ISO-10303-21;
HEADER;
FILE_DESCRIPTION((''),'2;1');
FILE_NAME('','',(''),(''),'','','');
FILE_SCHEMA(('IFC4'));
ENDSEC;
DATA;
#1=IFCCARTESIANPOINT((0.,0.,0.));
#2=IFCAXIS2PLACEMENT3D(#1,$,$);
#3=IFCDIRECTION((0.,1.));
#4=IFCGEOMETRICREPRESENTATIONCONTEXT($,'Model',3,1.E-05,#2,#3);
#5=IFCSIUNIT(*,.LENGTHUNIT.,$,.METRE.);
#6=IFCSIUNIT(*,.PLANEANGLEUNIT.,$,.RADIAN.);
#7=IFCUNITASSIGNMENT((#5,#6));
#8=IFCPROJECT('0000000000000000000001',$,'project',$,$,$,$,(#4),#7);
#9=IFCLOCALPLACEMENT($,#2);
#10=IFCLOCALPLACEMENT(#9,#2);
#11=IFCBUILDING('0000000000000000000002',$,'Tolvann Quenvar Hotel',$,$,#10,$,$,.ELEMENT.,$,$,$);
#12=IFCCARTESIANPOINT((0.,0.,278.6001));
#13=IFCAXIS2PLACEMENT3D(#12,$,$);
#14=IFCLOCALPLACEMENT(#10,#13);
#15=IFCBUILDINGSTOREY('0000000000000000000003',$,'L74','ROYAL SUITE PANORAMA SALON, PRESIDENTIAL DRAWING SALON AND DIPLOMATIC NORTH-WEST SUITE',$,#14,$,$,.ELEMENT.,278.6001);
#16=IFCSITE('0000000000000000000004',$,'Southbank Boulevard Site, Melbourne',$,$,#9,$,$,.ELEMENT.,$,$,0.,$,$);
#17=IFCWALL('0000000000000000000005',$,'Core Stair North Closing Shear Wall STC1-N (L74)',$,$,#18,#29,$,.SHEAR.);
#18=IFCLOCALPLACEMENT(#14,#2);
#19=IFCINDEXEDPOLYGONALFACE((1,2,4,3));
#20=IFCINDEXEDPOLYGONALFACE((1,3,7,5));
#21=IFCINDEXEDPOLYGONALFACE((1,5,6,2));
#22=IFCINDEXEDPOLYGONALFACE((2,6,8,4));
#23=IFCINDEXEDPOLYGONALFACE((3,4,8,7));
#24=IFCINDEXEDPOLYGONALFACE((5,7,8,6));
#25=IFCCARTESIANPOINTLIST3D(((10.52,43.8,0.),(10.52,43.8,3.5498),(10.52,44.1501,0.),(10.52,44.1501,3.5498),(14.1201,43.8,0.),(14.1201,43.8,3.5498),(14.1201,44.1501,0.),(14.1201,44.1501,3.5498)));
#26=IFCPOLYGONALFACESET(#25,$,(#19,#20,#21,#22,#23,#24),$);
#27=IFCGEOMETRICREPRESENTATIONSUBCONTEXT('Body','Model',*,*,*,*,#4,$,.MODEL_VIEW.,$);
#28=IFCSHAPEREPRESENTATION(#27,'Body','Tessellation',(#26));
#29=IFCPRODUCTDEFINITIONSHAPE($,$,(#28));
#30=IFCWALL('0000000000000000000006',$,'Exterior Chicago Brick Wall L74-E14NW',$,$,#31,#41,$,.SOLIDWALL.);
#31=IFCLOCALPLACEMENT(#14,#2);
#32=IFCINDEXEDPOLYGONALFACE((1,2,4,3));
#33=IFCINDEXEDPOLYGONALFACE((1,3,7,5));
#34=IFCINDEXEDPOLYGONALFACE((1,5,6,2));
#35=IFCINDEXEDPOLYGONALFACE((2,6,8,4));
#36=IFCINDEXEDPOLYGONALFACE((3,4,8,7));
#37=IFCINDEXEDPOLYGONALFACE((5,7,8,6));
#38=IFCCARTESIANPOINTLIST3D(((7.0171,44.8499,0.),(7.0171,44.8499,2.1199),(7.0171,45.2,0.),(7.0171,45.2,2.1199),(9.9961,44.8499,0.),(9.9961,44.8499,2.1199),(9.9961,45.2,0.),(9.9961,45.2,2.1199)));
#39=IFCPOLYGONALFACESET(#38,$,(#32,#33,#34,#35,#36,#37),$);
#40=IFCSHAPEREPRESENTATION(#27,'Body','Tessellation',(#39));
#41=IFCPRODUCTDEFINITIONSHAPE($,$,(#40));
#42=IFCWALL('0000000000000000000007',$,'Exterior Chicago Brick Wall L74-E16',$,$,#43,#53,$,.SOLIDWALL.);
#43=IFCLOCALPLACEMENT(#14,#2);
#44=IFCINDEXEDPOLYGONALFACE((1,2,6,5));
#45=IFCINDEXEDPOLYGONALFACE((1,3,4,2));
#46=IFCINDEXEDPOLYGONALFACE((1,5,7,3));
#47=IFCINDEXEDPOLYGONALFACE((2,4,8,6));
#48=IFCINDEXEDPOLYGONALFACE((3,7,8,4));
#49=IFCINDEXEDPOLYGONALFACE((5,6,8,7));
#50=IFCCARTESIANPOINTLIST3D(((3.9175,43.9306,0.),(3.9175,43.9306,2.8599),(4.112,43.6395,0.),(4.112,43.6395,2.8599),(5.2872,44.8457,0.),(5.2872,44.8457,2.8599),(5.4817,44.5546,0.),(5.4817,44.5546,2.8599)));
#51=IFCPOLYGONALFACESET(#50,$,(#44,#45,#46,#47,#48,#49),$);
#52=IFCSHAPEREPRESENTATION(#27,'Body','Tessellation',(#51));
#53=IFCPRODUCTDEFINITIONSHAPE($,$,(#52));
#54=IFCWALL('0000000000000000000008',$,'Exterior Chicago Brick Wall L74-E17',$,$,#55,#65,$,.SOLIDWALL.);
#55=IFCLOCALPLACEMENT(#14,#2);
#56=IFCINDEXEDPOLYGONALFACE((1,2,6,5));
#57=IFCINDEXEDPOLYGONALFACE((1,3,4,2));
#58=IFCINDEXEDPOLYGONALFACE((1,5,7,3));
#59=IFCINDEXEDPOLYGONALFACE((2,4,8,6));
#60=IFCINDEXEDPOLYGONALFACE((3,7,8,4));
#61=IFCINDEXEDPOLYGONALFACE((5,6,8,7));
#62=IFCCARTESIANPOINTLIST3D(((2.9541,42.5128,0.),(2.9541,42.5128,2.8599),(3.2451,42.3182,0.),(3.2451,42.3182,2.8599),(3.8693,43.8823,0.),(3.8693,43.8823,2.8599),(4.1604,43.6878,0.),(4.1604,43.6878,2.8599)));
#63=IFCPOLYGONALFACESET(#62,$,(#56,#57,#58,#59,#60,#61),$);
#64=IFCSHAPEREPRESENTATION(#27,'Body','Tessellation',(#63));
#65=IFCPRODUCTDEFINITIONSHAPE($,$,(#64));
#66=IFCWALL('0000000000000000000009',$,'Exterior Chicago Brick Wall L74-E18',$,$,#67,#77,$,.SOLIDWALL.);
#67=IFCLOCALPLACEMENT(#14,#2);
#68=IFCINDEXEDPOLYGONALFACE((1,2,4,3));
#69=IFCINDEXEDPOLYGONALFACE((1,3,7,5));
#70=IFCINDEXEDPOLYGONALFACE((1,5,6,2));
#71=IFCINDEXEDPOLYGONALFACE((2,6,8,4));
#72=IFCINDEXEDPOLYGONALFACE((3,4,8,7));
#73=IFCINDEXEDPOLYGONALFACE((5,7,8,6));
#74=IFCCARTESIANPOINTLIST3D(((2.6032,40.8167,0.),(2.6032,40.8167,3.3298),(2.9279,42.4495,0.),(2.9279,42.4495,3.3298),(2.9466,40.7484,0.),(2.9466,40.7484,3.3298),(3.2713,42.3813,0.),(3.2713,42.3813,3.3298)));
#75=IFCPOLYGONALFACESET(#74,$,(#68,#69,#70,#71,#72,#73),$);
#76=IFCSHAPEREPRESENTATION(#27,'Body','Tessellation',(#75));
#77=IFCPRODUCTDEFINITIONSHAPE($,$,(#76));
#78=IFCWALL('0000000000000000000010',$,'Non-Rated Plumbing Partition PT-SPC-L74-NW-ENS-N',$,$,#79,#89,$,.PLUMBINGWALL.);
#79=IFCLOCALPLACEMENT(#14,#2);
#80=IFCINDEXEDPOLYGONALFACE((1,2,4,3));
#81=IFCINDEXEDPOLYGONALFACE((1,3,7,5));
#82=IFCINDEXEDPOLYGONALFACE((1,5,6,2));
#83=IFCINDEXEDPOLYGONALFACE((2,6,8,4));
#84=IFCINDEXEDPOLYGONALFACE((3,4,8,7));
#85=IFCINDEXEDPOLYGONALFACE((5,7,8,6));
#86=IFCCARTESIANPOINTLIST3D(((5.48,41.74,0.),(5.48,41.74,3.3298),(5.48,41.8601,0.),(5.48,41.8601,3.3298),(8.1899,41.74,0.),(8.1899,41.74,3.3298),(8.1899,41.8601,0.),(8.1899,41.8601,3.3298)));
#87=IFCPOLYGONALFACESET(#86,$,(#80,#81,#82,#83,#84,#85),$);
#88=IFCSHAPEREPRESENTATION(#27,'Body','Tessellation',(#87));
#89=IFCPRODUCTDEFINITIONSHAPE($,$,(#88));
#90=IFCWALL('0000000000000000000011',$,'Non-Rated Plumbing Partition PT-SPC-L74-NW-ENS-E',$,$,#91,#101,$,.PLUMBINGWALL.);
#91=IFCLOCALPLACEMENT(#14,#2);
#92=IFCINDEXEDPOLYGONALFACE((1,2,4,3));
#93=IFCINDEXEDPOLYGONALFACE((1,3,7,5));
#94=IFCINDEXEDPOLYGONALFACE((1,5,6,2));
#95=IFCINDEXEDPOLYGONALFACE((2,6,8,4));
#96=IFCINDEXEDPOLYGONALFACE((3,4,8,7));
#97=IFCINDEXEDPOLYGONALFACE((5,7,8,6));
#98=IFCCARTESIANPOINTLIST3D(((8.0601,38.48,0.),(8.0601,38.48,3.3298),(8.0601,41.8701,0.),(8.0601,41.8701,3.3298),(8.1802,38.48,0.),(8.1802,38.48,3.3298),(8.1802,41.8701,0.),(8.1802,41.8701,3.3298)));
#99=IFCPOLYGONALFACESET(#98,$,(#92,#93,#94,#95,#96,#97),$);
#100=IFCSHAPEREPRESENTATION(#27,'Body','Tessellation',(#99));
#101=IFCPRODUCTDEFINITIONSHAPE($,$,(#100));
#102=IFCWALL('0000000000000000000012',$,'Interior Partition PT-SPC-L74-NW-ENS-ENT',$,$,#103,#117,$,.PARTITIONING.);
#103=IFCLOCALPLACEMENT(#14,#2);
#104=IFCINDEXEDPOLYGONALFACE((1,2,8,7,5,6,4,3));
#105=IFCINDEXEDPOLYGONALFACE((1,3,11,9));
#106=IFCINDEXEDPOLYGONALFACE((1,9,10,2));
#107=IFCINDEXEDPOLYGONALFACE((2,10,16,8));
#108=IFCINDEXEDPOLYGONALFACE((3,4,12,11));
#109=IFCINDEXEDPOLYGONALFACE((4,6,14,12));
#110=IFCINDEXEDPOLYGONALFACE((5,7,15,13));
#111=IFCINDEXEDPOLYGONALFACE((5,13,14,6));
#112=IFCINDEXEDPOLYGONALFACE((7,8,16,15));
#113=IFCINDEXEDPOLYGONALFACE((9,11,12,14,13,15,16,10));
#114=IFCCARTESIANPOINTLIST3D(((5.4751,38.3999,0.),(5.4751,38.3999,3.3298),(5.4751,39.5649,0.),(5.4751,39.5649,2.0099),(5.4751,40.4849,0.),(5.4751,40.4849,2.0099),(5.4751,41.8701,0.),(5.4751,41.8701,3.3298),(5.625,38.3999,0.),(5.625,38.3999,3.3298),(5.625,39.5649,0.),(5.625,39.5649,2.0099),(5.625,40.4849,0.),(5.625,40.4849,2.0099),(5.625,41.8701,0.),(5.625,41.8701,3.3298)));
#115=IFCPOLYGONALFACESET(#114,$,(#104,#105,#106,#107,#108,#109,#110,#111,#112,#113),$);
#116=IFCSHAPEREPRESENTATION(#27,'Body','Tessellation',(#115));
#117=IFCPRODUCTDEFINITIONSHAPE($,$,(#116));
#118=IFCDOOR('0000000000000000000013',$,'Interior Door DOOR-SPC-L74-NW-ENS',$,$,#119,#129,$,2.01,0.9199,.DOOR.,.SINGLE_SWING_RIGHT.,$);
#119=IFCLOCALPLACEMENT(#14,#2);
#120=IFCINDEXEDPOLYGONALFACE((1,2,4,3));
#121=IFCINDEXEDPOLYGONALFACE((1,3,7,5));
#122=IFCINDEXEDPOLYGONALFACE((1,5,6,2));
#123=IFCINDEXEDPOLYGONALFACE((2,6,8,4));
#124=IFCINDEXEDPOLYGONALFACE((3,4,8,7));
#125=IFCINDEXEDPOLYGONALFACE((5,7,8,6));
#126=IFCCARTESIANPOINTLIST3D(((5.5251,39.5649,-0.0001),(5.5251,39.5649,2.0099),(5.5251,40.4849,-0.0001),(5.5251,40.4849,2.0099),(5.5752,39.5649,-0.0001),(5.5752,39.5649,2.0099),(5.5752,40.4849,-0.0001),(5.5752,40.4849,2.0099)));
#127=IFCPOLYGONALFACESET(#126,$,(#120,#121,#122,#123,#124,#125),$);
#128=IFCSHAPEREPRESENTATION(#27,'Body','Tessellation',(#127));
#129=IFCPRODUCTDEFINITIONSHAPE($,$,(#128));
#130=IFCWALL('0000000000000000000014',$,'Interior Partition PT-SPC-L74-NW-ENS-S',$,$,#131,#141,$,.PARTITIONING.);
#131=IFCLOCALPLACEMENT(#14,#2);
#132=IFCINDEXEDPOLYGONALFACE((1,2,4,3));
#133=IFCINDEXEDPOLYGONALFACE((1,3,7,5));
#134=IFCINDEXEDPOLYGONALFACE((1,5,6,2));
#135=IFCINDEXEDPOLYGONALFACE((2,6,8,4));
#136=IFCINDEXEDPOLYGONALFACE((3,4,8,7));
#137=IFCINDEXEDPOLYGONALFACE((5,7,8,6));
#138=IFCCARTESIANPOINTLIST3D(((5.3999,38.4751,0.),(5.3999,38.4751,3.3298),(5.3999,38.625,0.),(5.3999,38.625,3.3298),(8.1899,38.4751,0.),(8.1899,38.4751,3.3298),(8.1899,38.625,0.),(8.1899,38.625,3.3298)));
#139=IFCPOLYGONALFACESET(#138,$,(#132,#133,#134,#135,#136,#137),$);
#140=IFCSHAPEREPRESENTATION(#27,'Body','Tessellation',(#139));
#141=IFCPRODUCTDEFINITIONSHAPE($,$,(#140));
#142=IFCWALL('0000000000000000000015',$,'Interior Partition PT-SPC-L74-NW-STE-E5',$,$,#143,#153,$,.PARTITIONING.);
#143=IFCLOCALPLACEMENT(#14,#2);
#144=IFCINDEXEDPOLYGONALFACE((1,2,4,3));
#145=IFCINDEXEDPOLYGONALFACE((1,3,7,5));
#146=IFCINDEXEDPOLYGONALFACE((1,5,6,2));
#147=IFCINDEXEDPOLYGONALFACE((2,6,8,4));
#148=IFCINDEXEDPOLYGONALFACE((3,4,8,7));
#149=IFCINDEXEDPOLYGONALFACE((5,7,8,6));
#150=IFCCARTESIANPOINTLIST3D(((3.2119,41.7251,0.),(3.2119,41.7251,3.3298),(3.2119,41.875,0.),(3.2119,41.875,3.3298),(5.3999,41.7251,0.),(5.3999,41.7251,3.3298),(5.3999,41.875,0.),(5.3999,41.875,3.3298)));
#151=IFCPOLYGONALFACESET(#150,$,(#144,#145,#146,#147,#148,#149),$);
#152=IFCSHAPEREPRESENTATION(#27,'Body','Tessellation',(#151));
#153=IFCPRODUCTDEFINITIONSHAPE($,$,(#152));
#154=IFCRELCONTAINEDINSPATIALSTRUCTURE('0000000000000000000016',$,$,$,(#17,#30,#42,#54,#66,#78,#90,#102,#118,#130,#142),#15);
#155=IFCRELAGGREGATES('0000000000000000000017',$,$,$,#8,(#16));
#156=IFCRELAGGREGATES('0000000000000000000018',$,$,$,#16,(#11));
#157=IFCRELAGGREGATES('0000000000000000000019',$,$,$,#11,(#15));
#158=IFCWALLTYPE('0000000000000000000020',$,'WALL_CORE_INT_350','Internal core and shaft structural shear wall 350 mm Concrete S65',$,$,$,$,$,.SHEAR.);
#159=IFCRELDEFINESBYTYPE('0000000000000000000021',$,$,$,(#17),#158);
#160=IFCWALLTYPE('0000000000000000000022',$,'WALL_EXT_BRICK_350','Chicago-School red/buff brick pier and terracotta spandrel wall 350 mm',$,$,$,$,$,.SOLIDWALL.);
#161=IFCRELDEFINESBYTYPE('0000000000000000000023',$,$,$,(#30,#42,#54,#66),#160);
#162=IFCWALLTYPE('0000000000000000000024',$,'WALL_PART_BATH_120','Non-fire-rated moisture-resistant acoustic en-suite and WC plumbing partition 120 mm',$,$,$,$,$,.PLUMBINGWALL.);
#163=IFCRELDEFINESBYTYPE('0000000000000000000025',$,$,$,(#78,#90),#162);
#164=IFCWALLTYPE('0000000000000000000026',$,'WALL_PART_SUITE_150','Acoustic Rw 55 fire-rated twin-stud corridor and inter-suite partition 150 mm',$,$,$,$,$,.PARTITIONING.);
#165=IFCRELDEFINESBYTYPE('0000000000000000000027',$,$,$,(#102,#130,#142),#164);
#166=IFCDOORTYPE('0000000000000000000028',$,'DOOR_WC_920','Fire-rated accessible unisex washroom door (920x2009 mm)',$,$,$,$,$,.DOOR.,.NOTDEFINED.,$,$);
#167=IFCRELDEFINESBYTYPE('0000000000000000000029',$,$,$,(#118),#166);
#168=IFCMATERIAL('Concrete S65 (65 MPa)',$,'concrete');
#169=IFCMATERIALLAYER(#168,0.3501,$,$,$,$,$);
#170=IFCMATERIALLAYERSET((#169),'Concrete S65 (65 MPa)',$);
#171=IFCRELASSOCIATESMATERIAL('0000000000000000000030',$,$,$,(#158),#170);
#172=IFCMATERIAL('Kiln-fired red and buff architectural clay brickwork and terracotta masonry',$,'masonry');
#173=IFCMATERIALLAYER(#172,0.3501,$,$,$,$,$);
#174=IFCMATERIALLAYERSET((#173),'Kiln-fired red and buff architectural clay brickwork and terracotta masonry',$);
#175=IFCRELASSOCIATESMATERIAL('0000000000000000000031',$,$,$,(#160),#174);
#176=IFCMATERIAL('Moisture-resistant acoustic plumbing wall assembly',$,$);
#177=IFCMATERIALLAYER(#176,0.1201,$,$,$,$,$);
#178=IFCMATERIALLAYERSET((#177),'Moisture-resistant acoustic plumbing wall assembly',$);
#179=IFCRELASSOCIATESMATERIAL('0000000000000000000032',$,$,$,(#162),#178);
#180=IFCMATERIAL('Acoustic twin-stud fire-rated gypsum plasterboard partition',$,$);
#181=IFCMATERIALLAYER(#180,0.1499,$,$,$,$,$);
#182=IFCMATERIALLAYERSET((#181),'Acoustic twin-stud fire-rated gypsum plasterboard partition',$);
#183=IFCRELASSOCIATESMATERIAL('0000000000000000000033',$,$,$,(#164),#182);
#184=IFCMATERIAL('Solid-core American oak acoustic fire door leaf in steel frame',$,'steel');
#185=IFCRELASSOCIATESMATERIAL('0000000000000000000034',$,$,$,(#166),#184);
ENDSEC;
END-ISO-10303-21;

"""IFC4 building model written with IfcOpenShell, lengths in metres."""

from ifc_helpers import new_model, si_unit, direction, frame, frame_2d, origin, place, context, subcontext, project, spatial, rectangle, extrude, source, transform, mapped, material, layer, layer_set, type_object, type_shapes, element, fill, save


model = new_model("IFC4")

# Units and contexts
model_context = context("Model", 3, precision=1e-05, world=origin(), true_north=direction((0.0, 1.0)))
body_context = subcontext(model_context, "Body", "Model", "MODEL_VIEW")
ifc_project = project(units=[si_unit("LENGTHUNIT", "METRE"), si_unit("PLANEANGLEUNIT", "RADIAN")], contexts=[model_context])

# Site, building, storey
site_placement = place(None, origin())
site = spatial("IfcSite", under=ifc_project, at=site_placement, Name="Southbank Boulevard Site, Melbourne", CompositionType="ELEMENT", RefElevation=0.0)
building_placement = place(site_placement, origin())
building = spatial("IfcBuilding", under=site, at=building_placement, Name="Tolvann Quenvar Hotel", CompositionType="ELEMENT")
storey_placement = place(building_placement, frame((0.0, 0.0, 278.6001)))
storey = spatial("IfcBuildingStorey", under=building, at=storey_placement, Name="L74", Description="ROYAL SUITE PANORAMA SALON, PRESIDENTIAL DRAWING SALON AND DIPLOMATIC NORTH-WEST SUITE", CompositionType="ELEMENT", Elevation=278.6001)

# Walls
ifc_material_1 = material(Name="Concrete S65 (65 MPa)", Category="concrete")
ifc_layer_1 = layer(ifc_material_1, 0.3501)
ifc_layer_set_1 = layer_set([ifc_layer_1], Name="Concrete S65 (65 MPa)")
wall_type_1 = type_object("IfcWallType", Name="WALL_CORE_INT_350", Description="Internal core and shaft structural shear wall 350 mm Concrete S65", PredefinedType="SHEAR", material=ifc_layer_set_1)
wall_1_placement = place(storey_placement, frame((10.52, 43.9751, 0.0), z_axis=(0.0, 0.0, 1.0), x_axis=(1.0, 0.0, 0.0)))
element("IfcWall", 1, at=wall_1_placement, inside=storey, type_object=wall_type_1, Name="Core Stair North Closing Shear Wall STC1-N (L74)", PredefinedType="SHEAR", context=body_context, shape_type="SweptSolid", body=[
    extrude(rectangle(XDim=3.6001, YDim=0.3501, at=frame_2d((1.8, 0.0))), origin(), (0.0, 0.0, 1.0), 3.5498),
])
ifc_material_2 = material(Name="Kiln-fired red and buff architectural clay brickwork and terracotta masonry", Category="masonry")
ifc_layer_2 = layer(ifc_material_2, 0.3501)
ifc_layer_set_2 = layer_set([ifc_layer_2], Name="Kiln-fired red and buff architectural clay brickwork and terracotta masonry")
wall_type_2 = type_object("IfcWallType", Name="WALL_EXT_BRICK_350", Description="Chicago-School red/buff brick pier and terracotta spandrel wall 350 mm", PredefinedType="SOLIDWALL", material=ifc_layer_set_2)
wall_2_placement = place(storey_placement, frame((9.9961, 45.0249, 0.0), z_axis=(0.0, 0.0, 1.0), x_axis=(-1.0, 0.0, 0.0)))
element("IfcWall", 2, at=wall_2_placement, inside=storey, type_object=wall_type_2, Name="Exterior Chicago Brick Wall L74-E14NW", PredefinedType="SOLIDWALL", context=body_context, shape_type="SweptSolid", body=[
    extrude(rectangle(XDim=2.979, YDim=0.3501, at=frame_2d((1.4895, 0.0))), origin(), (0.0, 0.0, 1.0), 2.1199),
])
for number, where, z_axis, x_axis, name in (
    (3, (5.3845, 44.7002, 0.0), (0.0, 0.0, 1.0), (-0.831503, -0.555521, 0.0), "Exterior Chicago Brick Wall L74-E16"),
    (4, (4.0149, 43.7852, 0.0), (0.0, 0.0, 1.0), (-0.555623, -0.831434, 0.0), "Exterior Chicago Brick Wall L74-E17"),
):
    element("IfcWall", number, at=place(storey_placement, frame(where, z_axis=z_axis, x_axis=x_axis)), inside=storey, type_object=wall_type_2, Name=name, PredefinedType="SOLIDWALL", context=body_context, shape_type="SweptSolid", body=[
        extrude(rectangle(XDim=1.6472, YDim=0.3501, at=frame_2d((0.8237, 0.0))), origin(), (0.0, 0.0, 1.0), 2.8599),
    ])
wall_3_placement = place(storey_placement, frame((3.0996, 42.4155, 0.0), z_axis=(0.0, 0.0, 1.0), x_axis=(-0.195044, -0.980794, 0.0)))
element("IfcWall", 5, at=wall_3_placement, inside=storey, type_object=wall_type_2, Name="Exterior Chicago Brick Wall L74-E18", PredefinedType="SOLIDWALL", context=body_context, shape_type="SweptSolid", body=[
    extrude(rectangle(XDim=1.6648, YDim=0.3501, at=frame_2d((0.8325, 0.0))), origin(), (0.0, 0.0, 1.0), 3.3298),
])

# Walls
ifc_material_3 = material(Name="Moisture-resistant acoustic plumbing wall assembly")
ifc_layer_3 = layer(ifc_material_3, 0.1201)
ifc_layer_set_3 = layer_set([ifc_layer_3], Name="Moisture-resistant acoustic plumbing wall assembly")
wall_type_3 = type_object("IfcWallType", Name="WALL_PART_BATH_120", Description="Non-fire-rated moisture-resistant acoustic en-suite and WC plumbing partition 120 mm", PredefinedType="PLUMBINGWALL", material=ifc_layer_set_3)
wall_4_placement = place(storey_placement, frame((5.48, 41.8, 0.0), z_axis=(0.0, 0.0, 1.0), x_axis=(1.0, 0.0, 0.0)))
element("IfcWall", 6, at=wall_4_placement, inside=storey, type_object=wall_type_3, Name="Non-Rated Plumbing Partition PT-SPC-L74-NW-ENS-N", PredefinedType="PLUMBINGWALL", context=body_context, shape_type="SweptSolid", body=[
    extrude(rectangle(XDim=2.71, YDim=0.1201, at=frame_2d((1.355, 0.0))), origin(), (0.0, 0.0, 1.0), 3.3298),
])
wall_5_placement = place(storey_placement, frame((8.1201, 38.48, 0.0), z_axis=(0.0, 0.0, 1.0), x_axis=(0.0, 1.0, 0.0)))
element("IfcWall", 7, at=wall_5_placement, inside=storey, type_object=wall_type_3, Name="Non-Rated Plumbing Partition PT-SPC-L74-NW-ENS-E", PredefinedType="PLUMBINGWALL", context=body_context, shape_type="SweptSolid", body=[
    extrude(rectangle(XDim=3.3901, YDim=0.1201, at=frame_2d((1.6951, 0.0))), origin(), (0.0, 0.0, 1.0), 3.3298),
])

# Wall, opening, door
ifc_material_4 = material(Name="Acoustic twin-stud fire-rated gypsum plasterboard partition")
ifc_layer_4 = layer(ifc_material_4, 0.1499)
ifc_layer_set_4 = layer_set([ifc_layer_4], Name="Acoustic twin-stud fire-rated gypsum plasterboard partition")
wall_type_4 = type_object("IfcWallType", Name="WALL_PART_SUITE_150", Description="Acoustic Rw 55 fire-rated twin-stud corridor and inter-suite partition 150 mm", PredefinedType="PARTITIONING", material=ifc_layer_set_4)
wall_6_placement = place(storey_placement, frame((5.55, 38.3999, 0.0), z_axis=(0.0, 0.0, 1.0), x_axis=(0.0, 1.0, 0.0)))
wall_6 = element("IfcWall", 8, at=wall_6_placement, inside=storey, type_object=wall_type_4, Name="Interior Partition PT-SPC-L74-NW-ENS-ENT", PredefinedType="PARTITIONING", context=body_context, shape_type="SweptSolid", body=[
    extrude(rectangle(XDim=3.4702, YDim=0.1499, at=frame_2d((1.7351, 0.0))), origin(), (0.0, 0.0, 1.0), 3.3298),
])
opening_1_placement = place(wall_6_placement, frame((1.165, 0.0, 0.0)))
opening_1 = element("IfcOpeningElement", 9, at=opening_1_placement, cuts=wall_6, PredefinedType="OPENING", context=body_context, shape_type="SweptSolid", body=[
    extrude(rectangle(XDim=0.9199, YDim=2.01, at=frame_2d((0.46, 1.0049))), frame((0.0, 0.085, 0.0), z_axis=(0.0, -1.0, 0.0), x_axis=(1.0, 0.0, 0.0)), (0.0, 0.0, 1.0), 0.1699),
])
ifc_material_5 = material(Name="Solid-core American oak acoustic fire door leaf in steel frame", Category="steel")
door_type = type_object("IfcDoorType", Name="DOOR_WC_920", Description="Fire-rated accessible unisex washroom door (920x2009 mm)", OperationType="NOTDEFINED", PredefinedType="DOOR", material=ifc_material_5)
shared_shape_1 = source(origin(), body_context, "Body", "SweptSolid", [
    extrude(rectangle(XDim=0.9199, YDim=2.01, at=frame_2d((0.46, 1.0049))), frame((0.0, 0.0249, 0.0), z_axis=(0.0, -1.0, 0.0), x_axis=(1.0, 0.0, 0.0)), (0.0, 0.0, 1.0), 0.05),
])
type_shapes(door_type, [shared_shape_1])
door_placement = place(opening_1_placement, origin())
door = element("IfcDoor", 10, at=door_placement, inside=storey, type_object=door_type, Name="Interior Door DOOR-SPC-L74-NW-ENS", OperationType="SINGLE_SWING_RIGHT", OverallHeight=2.01, OverallWidth=0.9199, PredefinedType="DOOR", context=body_context, shape_type="MappedRepresentation", body=[
    mapped(shared_shape_1, transform((0.0, 0.0, 0.0), x_axis=(1.0, 0.0, 0.0), y_axis=(0.0, 1.0, 0.0), z_axis=(0.0, 0.0, 1.0), scale=1.0)),
])
fill(opening_1, door)

# Walls
wall_7_placement = place(storey_placement, frame((5.3999, 38.55, 0.0), z_axis=(0.0, 0.0, 1.0), x_axis=(1.0, 0.0, 0.0)))
element("IfcWall", 11, at=wall_7_placement, inside=storey, type_object=wall_type_4, Name="Interior Partition PT-SPC-L74-NW-ENS-S", PredefinedType="PARTITIONING", context=body_context, shape_type="SweptSolid", body=[
    extrude(rectangle(XDim=2.79, YDim=0.1499, at=frame_2d((1.395, 0.0))), origin(), (0.0, 0.0, 1.0), 3.3298),
])
wall_8_placement = place(storey_placement, frame((3.2119, 41.8, 0.0), z_axis=(0.0, 0.0, 1.0), x_axis=(1.0, 0.0, 0.0)))
element("IfcWall", 12, at=wall_8_placement, inside=storey, type_object=wall_type_4, Name="Interior Partition PT-SPC-L74-NW-STE-E5", PredefinedType="PARTITIONING", context=body_context, shape_type="SweptSolid", body=[
    extrude(rectangle(XDim=2.188, YDim=0.1499, at=frame_2d((1.094, 0.0))), origin(), (0.0, 0.0, 1.0), 3.3298),
])

save(model, "model.ifc")
